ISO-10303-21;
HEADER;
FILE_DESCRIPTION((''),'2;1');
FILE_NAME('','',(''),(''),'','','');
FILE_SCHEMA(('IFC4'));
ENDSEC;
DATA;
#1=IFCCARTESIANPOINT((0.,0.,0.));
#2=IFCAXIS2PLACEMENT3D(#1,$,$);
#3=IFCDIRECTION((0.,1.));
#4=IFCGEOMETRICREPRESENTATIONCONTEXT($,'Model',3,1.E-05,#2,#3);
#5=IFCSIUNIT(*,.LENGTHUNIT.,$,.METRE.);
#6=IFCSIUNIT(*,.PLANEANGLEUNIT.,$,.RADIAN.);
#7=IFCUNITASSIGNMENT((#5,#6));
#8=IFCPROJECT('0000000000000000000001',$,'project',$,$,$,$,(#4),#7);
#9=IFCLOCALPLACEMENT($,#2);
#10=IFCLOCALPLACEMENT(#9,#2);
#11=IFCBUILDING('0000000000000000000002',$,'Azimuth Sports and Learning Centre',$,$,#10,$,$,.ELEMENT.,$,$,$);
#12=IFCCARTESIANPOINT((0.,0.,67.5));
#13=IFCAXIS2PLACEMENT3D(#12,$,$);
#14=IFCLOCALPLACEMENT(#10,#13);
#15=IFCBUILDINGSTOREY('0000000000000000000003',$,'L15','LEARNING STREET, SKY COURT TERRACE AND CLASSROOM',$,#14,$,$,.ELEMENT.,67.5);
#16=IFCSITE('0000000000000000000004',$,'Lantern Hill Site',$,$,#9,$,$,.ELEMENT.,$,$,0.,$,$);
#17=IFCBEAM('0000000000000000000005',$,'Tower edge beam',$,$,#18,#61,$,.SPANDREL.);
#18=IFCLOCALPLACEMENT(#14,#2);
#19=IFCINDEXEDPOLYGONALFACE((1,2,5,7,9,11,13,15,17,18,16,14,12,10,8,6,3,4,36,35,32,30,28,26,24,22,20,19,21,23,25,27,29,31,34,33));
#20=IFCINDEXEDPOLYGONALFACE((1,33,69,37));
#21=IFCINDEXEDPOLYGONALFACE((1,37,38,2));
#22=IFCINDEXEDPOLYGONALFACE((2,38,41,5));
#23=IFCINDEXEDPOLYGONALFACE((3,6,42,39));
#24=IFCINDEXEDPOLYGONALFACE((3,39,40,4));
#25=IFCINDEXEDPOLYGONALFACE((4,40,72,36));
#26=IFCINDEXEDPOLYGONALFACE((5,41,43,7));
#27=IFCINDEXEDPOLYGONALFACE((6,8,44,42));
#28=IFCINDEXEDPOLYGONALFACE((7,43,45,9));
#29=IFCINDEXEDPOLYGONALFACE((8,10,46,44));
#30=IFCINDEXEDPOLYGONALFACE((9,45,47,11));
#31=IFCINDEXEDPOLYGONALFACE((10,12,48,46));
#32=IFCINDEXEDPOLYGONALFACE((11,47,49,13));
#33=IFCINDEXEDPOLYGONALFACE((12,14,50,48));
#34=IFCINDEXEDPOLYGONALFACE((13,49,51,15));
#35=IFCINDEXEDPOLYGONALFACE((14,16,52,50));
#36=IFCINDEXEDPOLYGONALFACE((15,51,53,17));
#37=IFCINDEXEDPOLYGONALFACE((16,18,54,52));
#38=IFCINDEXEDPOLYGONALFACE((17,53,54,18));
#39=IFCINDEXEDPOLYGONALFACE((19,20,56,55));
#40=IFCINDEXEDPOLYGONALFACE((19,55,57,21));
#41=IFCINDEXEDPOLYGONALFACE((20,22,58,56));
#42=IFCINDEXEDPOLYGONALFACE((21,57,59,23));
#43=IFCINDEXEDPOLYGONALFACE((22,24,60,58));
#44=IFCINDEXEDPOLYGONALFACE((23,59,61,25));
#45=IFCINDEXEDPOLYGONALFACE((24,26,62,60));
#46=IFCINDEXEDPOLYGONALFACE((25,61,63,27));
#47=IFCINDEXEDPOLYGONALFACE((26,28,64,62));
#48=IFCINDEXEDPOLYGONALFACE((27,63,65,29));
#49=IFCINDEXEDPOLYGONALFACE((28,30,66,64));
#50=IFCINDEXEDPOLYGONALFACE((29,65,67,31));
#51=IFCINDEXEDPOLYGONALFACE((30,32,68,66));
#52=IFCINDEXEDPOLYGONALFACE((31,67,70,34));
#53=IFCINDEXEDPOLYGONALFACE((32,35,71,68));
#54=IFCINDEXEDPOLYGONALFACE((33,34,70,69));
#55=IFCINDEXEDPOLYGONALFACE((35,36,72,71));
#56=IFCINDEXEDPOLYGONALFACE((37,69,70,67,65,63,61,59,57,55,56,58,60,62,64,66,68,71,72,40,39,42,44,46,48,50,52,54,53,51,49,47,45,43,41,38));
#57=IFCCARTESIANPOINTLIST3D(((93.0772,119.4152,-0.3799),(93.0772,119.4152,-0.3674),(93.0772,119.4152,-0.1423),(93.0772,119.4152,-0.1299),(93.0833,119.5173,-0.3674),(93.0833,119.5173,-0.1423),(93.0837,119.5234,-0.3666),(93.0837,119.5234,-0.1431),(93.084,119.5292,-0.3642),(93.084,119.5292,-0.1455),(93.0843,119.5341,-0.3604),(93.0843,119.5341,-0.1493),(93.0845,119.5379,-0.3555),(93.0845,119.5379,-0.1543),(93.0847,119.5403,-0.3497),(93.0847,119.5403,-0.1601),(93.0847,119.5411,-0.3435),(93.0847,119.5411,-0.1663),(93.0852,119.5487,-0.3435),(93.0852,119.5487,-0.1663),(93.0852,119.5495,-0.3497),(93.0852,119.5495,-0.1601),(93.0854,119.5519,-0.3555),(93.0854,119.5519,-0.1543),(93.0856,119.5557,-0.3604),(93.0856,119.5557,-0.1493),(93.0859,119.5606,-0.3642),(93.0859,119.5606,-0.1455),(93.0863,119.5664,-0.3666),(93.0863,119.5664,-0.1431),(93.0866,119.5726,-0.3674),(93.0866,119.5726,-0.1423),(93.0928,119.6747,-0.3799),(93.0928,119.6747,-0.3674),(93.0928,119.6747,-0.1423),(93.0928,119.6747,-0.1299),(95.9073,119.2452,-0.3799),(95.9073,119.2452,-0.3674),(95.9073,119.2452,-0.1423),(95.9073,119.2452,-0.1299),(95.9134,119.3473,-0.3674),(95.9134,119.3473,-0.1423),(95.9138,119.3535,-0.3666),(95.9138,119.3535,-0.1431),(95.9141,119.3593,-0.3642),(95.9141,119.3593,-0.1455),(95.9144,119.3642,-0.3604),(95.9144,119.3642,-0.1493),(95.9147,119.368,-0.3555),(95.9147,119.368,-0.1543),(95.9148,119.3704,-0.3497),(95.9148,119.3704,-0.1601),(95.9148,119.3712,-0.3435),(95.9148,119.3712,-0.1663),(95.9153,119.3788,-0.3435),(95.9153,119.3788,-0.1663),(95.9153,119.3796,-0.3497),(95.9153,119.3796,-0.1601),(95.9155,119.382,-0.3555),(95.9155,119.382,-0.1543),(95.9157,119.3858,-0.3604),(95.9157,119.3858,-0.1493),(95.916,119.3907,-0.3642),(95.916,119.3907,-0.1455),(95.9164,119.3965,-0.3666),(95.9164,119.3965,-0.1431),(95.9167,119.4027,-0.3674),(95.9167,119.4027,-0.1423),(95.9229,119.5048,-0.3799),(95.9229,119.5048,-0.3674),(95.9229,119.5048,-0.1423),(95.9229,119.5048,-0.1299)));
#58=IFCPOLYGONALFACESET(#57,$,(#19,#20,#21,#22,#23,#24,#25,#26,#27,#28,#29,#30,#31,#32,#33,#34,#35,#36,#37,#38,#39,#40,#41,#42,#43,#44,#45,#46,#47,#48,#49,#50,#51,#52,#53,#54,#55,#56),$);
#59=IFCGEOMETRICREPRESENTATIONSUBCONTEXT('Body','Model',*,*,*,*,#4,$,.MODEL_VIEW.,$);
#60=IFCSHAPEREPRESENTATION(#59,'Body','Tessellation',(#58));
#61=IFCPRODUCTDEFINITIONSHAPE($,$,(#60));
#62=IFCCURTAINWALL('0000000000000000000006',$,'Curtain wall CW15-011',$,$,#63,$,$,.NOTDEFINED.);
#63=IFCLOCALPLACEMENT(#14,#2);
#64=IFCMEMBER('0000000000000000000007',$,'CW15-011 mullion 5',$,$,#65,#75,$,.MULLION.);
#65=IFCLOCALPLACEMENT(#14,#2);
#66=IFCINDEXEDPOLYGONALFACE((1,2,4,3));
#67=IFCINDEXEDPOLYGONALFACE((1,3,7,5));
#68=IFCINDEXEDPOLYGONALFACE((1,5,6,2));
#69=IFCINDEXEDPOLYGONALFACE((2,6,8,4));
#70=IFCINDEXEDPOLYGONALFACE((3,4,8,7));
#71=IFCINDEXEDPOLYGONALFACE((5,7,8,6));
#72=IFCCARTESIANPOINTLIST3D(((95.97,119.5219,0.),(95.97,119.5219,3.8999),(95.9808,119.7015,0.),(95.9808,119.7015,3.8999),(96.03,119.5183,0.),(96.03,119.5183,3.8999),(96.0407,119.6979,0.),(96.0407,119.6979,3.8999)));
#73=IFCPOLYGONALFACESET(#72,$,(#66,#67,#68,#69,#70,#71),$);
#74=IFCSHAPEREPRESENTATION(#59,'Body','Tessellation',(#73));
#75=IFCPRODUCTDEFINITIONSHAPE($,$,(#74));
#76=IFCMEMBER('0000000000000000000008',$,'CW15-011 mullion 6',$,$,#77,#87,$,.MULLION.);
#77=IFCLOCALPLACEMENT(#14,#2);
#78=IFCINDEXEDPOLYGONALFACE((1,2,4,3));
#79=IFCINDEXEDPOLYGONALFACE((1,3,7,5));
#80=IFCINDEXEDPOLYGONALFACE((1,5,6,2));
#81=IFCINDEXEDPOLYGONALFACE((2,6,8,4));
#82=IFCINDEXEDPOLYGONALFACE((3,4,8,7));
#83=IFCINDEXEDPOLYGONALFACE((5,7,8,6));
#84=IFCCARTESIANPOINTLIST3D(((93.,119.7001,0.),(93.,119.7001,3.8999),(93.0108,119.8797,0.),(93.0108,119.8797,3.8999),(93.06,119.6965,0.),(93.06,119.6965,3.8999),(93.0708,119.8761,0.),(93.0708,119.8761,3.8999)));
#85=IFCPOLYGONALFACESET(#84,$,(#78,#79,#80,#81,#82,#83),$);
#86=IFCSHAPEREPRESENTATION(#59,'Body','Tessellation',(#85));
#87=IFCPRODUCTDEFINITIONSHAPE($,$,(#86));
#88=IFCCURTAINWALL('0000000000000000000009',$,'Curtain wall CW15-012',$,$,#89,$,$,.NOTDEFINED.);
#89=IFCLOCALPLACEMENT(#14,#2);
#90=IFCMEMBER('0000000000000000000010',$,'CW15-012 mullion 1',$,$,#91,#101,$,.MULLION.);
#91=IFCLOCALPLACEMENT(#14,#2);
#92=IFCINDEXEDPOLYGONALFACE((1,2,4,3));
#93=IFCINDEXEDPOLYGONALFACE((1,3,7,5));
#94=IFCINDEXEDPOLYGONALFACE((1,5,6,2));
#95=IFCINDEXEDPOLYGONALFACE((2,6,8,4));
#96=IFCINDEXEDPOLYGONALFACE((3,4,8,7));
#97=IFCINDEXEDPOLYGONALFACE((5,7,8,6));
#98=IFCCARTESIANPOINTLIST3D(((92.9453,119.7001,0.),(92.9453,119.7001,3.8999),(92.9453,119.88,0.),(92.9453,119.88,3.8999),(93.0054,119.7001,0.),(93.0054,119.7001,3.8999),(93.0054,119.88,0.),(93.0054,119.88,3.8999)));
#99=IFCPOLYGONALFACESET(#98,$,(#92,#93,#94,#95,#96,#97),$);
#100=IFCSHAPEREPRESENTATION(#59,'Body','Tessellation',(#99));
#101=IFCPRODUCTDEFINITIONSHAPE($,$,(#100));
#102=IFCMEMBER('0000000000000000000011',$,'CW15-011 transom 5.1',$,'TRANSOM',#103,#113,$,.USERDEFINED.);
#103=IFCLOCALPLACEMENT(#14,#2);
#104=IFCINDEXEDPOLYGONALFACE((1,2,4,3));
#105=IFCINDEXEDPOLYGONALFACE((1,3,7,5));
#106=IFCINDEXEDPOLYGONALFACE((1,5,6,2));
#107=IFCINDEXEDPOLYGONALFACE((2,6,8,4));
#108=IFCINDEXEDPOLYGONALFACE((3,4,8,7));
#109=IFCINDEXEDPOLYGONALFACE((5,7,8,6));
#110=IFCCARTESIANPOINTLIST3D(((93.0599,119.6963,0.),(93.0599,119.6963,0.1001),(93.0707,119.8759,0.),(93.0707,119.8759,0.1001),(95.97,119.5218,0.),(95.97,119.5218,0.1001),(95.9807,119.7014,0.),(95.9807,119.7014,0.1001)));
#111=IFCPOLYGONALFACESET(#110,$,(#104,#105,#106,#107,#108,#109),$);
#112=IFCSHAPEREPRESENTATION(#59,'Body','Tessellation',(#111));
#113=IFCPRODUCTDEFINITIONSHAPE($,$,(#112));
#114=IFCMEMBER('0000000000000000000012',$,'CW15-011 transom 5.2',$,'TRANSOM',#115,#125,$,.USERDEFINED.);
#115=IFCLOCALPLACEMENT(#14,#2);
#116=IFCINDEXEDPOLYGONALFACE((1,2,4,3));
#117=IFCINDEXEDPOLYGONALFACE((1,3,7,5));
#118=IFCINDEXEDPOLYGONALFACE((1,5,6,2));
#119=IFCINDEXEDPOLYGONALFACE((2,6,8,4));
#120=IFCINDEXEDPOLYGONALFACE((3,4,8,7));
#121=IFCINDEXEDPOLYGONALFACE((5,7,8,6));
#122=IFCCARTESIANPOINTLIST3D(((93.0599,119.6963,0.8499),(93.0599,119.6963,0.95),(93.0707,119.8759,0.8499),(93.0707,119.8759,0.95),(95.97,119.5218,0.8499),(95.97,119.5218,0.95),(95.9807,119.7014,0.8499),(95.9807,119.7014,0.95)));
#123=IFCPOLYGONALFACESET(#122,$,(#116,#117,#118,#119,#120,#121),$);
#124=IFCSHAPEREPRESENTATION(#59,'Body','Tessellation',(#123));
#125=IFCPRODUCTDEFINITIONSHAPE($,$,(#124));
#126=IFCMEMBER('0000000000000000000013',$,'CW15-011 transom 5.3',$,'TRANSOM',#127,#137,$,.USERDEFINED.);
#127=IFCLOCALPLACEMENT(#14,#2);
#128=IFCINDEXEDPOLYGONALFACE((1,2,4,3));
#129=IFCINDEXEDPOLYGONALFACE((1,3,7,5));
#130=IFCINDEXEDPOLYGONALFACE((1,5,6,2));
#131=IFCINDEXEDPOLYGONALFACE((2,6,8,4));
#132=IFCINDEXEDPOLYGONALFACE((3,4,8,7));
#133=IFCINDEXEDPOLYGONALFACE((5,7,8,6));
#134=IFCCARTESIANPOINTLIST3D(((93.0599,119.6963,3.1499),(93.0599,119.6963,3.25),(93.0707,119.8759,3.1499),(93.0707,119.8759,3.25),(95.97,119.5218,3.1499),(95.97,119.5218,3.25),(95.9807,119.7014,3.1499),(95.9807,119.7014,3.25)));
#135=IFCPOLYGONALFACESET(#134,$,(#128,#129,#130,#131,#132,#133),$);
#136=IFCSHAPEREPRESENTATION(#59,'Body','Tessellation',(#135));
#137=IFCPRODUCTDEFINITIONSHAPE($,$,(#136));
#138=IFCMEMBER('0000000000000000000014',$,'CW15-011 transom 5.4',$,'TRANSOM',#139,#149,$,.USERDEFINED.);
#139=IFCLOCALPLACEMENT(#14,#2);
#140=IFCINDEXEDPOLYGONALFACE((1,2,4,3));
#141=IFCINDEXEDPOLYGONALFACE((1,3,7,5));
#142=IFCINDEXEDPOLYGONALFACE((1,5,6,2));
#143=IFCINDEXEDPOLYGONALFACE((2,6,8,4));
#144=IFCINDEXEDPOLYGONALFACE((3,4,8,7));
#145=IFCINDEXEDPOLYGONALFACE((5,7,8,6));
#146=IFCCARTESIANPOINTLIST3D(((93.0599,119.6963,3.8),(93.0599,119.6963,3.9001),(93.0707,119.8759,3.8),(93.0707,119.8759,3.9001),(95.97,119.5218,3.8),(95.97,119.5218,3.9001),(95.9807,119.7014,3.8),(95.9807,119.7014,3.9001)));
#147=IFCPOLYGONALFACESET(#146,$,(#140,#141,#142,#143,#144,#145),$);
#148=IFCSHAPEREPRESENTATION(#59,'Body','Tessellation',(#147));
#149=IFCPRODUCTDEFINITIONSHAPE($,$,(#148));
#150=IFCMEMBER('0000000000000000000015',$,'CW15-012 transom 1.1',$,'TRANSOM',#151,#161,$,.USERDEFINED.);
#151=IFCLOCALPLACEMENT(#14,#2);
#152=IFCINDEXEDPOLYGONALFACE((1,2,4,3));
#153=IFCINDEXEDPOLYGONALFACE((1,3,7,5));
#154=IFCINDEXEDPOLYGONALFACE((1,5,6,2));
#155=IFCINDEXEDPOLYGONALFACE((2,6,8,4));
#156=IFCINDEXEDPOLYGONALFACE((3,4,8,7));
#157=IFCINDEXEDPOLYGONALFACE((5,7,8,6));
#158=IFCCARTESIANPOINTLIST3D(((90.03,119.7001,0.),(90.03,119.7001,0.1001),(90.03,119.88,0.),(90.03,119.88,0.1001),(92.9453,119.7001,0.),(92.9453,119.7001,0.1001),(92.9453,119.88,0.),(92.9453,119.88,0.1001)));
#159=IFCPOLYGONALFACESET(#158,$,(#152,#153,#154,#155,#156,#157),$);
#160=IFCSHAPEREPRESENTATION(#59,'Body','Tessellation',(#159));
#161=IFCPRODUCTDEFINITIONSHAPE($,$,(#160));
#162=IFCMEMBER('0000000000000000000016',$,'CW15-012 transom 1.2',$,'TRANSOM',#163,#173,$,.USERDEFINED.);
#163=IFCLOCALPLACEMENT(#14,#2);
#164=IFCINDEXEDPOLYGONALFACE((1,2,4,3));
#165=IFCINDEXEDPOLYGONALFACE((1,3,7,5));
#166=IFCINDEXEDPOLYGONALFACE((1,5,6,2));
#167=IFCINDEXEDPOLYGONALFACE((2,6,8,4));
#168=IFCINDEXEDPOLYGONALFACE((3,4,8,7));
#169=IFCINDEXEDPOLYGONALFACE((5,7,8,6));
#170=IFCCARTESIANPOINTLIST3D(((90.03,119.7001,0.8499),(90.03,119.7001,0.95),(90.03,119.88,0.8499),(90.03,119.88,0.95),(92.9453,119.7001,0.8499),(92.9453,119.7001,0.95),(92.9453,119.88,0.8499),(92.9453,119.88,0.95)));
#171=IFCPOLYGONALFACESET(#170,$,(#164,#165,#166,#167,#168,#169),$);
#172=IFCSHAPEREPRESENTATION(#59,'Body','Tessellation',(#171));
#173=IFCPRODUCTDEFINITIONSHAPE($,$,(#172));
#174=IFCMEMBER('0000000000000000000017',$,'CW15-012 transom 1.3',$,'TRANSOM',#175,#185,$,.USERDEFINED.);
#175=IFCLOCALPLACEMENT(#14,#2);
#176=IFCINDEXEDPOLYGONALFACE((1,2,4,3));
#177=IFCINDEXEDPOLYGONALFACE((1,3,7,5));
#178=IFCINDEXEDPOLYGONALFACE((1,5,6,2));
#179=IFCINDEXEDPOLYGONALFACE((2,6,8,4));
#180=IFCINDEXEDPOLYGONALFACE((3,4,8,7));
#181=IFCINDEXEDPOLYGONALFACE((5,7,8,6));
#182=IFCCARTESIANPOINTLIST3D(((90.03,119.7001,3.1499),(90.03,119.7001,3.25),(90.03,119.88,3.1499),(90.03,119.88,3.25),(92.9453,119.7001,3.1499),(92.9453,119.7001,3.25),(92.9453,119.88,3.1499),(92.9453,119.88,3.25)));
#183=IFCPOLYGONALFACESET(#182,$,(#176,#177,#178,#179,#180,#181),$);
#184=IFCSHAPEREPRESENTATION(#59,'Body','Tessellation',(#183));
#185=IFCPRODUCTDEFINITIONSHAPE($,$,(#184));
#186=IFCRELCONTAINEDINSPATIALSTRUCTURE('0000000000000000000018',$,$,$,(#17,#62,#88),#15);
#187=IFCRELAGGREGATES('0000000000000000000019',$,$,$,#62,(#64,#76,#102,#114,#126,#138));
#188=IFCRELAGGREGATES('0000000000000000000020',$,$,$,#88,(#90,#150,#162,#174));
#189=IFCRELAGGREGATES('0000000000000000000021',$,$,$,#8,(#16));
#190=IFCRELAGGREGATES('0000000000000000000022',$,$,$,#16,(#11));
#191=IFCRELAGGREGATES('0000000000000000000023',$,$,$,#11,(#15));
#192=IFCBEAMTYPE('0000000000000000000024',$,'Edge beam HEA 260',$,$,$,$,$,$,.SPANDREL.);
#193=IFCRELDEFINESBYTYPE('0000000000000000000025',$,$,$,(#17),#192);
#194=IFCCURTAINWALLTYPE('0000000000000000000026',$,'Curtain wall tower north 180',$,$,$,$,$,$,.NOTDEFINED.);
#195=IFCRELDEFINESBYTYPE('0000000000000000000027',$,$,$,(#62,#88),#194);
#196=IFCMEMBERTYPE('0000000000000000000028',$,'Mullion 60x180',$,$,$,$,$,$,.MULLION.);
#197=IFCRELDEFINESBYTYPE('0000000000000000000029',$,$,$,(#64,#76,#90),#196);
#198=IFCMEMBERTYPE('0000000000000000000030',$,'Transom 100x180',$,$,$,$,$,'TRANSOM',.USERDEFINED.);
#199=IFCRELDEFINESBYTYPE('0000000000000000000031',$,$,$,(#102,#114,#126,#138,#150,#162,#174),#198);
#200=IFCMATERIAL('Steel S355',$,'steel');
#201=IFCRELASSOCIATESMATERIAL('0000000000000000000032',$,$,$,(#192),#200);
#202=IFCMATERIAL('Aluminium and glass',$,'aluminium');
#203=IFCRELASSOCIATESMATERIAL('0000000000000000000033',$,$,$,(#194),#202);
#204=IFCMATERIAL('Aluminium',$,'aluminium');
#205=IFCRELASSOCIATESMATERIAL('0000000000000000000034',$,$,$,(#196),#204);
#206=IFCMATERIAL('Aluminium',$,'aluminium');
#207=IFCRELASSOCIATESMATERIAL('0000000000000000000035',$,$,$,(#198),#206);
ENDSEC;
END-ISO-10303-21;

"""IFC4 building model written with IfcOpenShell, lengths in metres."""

from ifc_helpers import new_model, si_unit, direction, frame, origin, origin_2d, place, context, subcontext, project, spatial, rectangle, i_section, extrude, material, material_profile, profile_set, type_object, element, aggregate, save


model = new_model("IFC4")

# Units and contexts
model_context = context("Model", 3, precision=1e-05, world=origin(), true_north=direction((0.0, 1.0)))
body_context = subcontext(model_context, "Body", "Model", "MODEL_VIEW")
ifc_project = project(units=[si_unit("LENGTHUNIT", "METRE"), si_unit("PLANEANGLEUNIT", "RADIAN")], contexts=[model_context])

# Site, building, storey
site_placement = place(None, origin())
site = spatial("IfcSite", under=ifc_project, at=site_placement, Name="Lantern Hill Site", CompositionType="ELEMENT", RefElevation=0.0)
building_placement = place(site_placement, origin())
building = spatial("IfcBuilding", under=site, at=building_placement, Name="Azimuth Sports and Learning Centre", CompositionType="ELEMENT")
storey_placement = place(building_placement, frame((0.0, 0.0, 67.5)))
storey = spatial("IfcBuildingStorey", under=building, at=storey_placement, Name="L15", Description="LEARNING STREET, SKY COURT TERRACE AND CLASSROOM", CompositionType="ELEMENT", Elevation=67.5)

# Beam
ifc_material_1 = material(Name="Steel S355", Category="steel")
ifc_material_profile_1 = material_profile(ifc_material_1, i_section(OverallWidth=0.26, OverallDepth=0.25, WebThickness=0.0076, FlangeThickness=0.0125, FilletRadius=0.0239, at=origin_2d()), Name="HEA 260")
ifc_profile_set_1 = profile_set([ifc_material_profile_1], Name="Steel S355")
beam_type = type_object("IfcBeamType", Name="Edge beam HEA 260", PredefinedType="SPANDREL", material=ifc_profile_set_1)
beam_placement = place(storey_placement, frame((93.085, 119.5449, -0.2549), z_axis=(0.998202, -0.059933, 0.0), x_axis=(0.059933, 0.998202, 0.0)))
element("IfcBeam", 1, at=beam_placement, inside=storey, type_object=beam_type, Name="Tower edge beam", PredefinedType="SPANDREL", context=body_context, shape_type="SweptSolid", body=[
    extrude(i_section(OverallWidth=0.26, OverallDepth=0.25, WebThickness=0.0076, FlangeThickness=0.0125, FilletRadius=0.0239, at=origin_2d()), origin(), (0.0, 0.0, 1.0), 2.8352),
])

# Curtain wall, members
ifc_material_2 = material(Name="Aluminium and glass", Category="aluminium")
curtain_wall_type = type_object("IfcCurtainWallType", Name="Curtain wall tower north 180", PredefinedType="NOTDEFINED", material=ifc_material_2)
curtain_wall_1_placement = place(storey_placement, origin())
curtain_wall_1 = element("IfcCurtainWall", 2, at=curtain_wall_1_placement, inside=storey, type_object=curtain_wall_type, Name="Curtain wall CW15-011", PredefinedType="NOTDEFINED")
ifc_material_3 = material(Name="Aluminium", Category="aluminium")
ifc_material_profile_2 = material_profile(ifc_material_3, rectangle(XDim=0.1799, YDim=0.0601, at=origin_2d()), Name="Mullion 60x180")
ifc_profile_set_2 = profile_set([ifc_material_profile_2], Name="Aluminium")
member_type_1 = type_object("IfcMemberType", Name="Mullion 60x180", PredefinedType="MULLION", material=ifc_profile_set_2)
member_1_placement = place(storey_placement, frame((96.0054, 119.6099, 0.0), z_axis=(0.0, 0.0, 1.0), x_axis=(-0.059892, -0.998205, 0.0)))
member_1 = element("IfcMember", 3, at=member_1_placement, type_object=member_type_1, Name="CW15-011 mullion 5", PredefinedType="MULLION", context=body_context, shape_type="SweptSolid", body=[
    extrude(rectangle(XDim=0.1799, YDim=0.0601, at=origin_2d()), origin(), (0.0, 0.0, 1.0), 3.8999),
])
member_2_placement = place(storey_placement, frame((93.0354, 119.7881, 0.0), z_axis=(0.0, 0.0, 1.0), x_axis=(-0.059892, -0.998205, 0.0)))
member_2 = element("IfcMember", 4, at=member_2_placement, type_object=member_type_1, Name="CW15-011 mullion 6", PredefinedType="MULLION", context=body_context, shape_type="SweptSolid", body=[
    extrude(rectangle(XDim=0.1799, YDim=0.0601, at=origin_2d()), origin(), (0.0, 0.0, 1.0), 3.8999),
])

# Curtain wall, member
curtain_wall_2_placement = place(storey_placement, origin())
curtain_wall_2 = element("IfcCurtainWall", 5, at=curtain_wall_2_placement, inside=storey, type_object=curtain_wall_type, Name="Curtain wall CW15-012", PredefinedType="NOTDEFINED")
member_3_placement = place(storey_placement, frame((92.9753, 119.79, 0.0), z_axis=(0.0, 0.0, 1.0), x_axis=(0.0, -1.0, 0.0)))
member_3 = element("IfcMember", 6, at=member_3_placement, type_object=member_type_1, Name="CW15-012 mullion 1", PredefinedType="MULLION", context=body_context, shape_type="SweptSolid", body=[
    extrude(rectangle(XDim=0.1799, YDim=0.0601, at=origin_2d()), origin(), (0.0, 0.0, 1.0), 3.8999),
])

# Members
ifc_material_4 = material(Name="Aluminium", Category="aluminium")
ifc_material_profile_3 = material_profile(ifc_material_4, rectangle(XDim=0.1799, YDim=0.1001, at=origin_2d()), Name="Transom 100x180")
ifc_profile_set_3 = profile_set([ifc_material_profile_3], Name="Aluminium")
member_type_2 = type_object("IfcMemberType", Name="Transom 100x180", ElementType="TRANSOM", PredefinedType="USERDEFINED", material=ifc_profile_set_3)
member_4_placement = place(storey_placement, frame((95.9753, 119.6116, 0.05), z_axis=(-0.998206, 0.059876, 0.0), x_axis=(-0.059876, -0.998206, 0.0)))
member_4 = element("IfcMember", 7, at=member_4_placement, type_object=member_type_2, Name="CW15-011 transom 5.1", ObjectType="TRANSOM", PredefinedType="USERDEFINED", context=body_context, shape_type="SweptSolid", body=[
    extrude(rectangle(XDim=0.1799, YDim=0.1001, at=origin_2d()), origin(), (0.0, 0.0, 1.0), 2.9153),
])
member_5_placement = place(storey_placement, frame((95.9753, 119.6116, 0.8999), z_axis=(-0.998206, 0.059876, 0.0), x_axis=(-0.059876, -0.998206, 0.0)))
member_5 = element("IfcMember", 8, at=member_5_placement, type_object=member_type_2, Name="CW15-011 transom 5.2", ObjectType="TRANSOM", PredefinedType="USERDEFINED", context=body_context, shape_type="SweptSolid", body=[
    extrude(rectangle(XDim=0.1799, YDim=0.1001, at=origin_2d()), origin(), (0.0, 0.0, 1.0), 2.9153),
])
member_6_placement = place(storey_placement, frame((95.9753, 119.6116, 3.2), z_axis=(-0.998206, 0.059876, 0.0), x_axis=(-0.059876, -0.998206, 0.0)))
member_6 = element("IfcMember", 9, at=member_6_placement, type_object=member_type_2, Name="CW15-011 transom 5.3", ObjectType="TRANSOM", PredefinedType="USERDEFINED", context=body_context, shape_type="SweptSolid", body=[
    extrude(rectangle(XDim=0.1799, YDim=0.1001, at=origin_2d()), origin(), (0.0, 0.0, 1.0), 2.9153),
])
member_7_placement = place(storey_placement, frame((95.9753, 119.6116, 3.8501), z_axis=(-0.998206, 0.059876, 0.0), x_axis=(-0.059876, -0.998206, 0.0)))
member_7 = element("IfcMember", 10, at=member_7_placement, type_object=member_type_2, Name="CW15-011 transom 5.4", ObjectType="TRANSOM", PredefinedType="USERDEFINED", context=body_context, shape_type="SweptSolid", body=[
    extrude(rectangle(XDim=0.1799, YDim=0.1001, at=origin_2d()), origin(), (0.0, 0.0, 1.0), 2.9153),
])
member_8_placement = place(storey_placement, frame((92.9453, 119.79, 0.05), z_axis=(-1.0, 0.0, 0.0), x_axis=(0.0, -1.0, 0.0)))
member_8 = element("IfcMember", 11, at=member_8_placement, type_object=member_type_2, Name="CW15-012 transom 1.1", ObjectType="TRANSOM", PredefinedType="USERDEFINED", context=body_context, shape_type="SweptSolid", body=[
    extrude(rectangle(XDim=0.1799, YDim=0.1001, at=origin_2d()), origin(), (0.0, 0.0, 1.0), 2.9153),
])
member_9_placement = place(storey_placement, frame((92.9453, 119.79, 0.8999), z_axis=(-1.0, 0.0, 0.0), x_axis=(0.0, -1.0, 0.0)))
member_9 = element("IfcMember", 12, at=member_9_placement, type_object=member_type_2, Name="CW15-012 transom 1.2", ObjectType="TRANSOM", PredefinedType="USERDEFINED", context=body_context, shape_type="SweptSolid", body=[
    extrude(rectangle(XDim=0.1799, YDim=0.1001, at=origin_2d()), origin(), (0.0, 0.0, 1.0), 2.9153),
])
member_10_placement = place(storey_placement, frame((92.9453, 119.79, 3.2), z_axis=(-1.0, 0.0, 0.0), x_axis=(0.0, -1.0, 0.0)))
member_10 = element("IfcMember", 13, at=member_10_placement, type_object=member_type_2, Name="CW15-012 transom 1.3", ObjectType="TRANSOM", PredefinedType="USERDEFINED", context=body_context, shape_type="SweptSolid", body=[
    extrude(rectangle(XDim=0.1799, YDim=0.1001, at=origin_2d()), origin(), (0.0, 0.0, 1.0), 2.9153),
])

aggregate(curtain_wall_1, [member_1, member_2, member_4, member_5, member_6, member_7])
aggregate(curtain_wall_2, [member_3, member_8, member_9, member_10])

save(model, "model.ifc")
